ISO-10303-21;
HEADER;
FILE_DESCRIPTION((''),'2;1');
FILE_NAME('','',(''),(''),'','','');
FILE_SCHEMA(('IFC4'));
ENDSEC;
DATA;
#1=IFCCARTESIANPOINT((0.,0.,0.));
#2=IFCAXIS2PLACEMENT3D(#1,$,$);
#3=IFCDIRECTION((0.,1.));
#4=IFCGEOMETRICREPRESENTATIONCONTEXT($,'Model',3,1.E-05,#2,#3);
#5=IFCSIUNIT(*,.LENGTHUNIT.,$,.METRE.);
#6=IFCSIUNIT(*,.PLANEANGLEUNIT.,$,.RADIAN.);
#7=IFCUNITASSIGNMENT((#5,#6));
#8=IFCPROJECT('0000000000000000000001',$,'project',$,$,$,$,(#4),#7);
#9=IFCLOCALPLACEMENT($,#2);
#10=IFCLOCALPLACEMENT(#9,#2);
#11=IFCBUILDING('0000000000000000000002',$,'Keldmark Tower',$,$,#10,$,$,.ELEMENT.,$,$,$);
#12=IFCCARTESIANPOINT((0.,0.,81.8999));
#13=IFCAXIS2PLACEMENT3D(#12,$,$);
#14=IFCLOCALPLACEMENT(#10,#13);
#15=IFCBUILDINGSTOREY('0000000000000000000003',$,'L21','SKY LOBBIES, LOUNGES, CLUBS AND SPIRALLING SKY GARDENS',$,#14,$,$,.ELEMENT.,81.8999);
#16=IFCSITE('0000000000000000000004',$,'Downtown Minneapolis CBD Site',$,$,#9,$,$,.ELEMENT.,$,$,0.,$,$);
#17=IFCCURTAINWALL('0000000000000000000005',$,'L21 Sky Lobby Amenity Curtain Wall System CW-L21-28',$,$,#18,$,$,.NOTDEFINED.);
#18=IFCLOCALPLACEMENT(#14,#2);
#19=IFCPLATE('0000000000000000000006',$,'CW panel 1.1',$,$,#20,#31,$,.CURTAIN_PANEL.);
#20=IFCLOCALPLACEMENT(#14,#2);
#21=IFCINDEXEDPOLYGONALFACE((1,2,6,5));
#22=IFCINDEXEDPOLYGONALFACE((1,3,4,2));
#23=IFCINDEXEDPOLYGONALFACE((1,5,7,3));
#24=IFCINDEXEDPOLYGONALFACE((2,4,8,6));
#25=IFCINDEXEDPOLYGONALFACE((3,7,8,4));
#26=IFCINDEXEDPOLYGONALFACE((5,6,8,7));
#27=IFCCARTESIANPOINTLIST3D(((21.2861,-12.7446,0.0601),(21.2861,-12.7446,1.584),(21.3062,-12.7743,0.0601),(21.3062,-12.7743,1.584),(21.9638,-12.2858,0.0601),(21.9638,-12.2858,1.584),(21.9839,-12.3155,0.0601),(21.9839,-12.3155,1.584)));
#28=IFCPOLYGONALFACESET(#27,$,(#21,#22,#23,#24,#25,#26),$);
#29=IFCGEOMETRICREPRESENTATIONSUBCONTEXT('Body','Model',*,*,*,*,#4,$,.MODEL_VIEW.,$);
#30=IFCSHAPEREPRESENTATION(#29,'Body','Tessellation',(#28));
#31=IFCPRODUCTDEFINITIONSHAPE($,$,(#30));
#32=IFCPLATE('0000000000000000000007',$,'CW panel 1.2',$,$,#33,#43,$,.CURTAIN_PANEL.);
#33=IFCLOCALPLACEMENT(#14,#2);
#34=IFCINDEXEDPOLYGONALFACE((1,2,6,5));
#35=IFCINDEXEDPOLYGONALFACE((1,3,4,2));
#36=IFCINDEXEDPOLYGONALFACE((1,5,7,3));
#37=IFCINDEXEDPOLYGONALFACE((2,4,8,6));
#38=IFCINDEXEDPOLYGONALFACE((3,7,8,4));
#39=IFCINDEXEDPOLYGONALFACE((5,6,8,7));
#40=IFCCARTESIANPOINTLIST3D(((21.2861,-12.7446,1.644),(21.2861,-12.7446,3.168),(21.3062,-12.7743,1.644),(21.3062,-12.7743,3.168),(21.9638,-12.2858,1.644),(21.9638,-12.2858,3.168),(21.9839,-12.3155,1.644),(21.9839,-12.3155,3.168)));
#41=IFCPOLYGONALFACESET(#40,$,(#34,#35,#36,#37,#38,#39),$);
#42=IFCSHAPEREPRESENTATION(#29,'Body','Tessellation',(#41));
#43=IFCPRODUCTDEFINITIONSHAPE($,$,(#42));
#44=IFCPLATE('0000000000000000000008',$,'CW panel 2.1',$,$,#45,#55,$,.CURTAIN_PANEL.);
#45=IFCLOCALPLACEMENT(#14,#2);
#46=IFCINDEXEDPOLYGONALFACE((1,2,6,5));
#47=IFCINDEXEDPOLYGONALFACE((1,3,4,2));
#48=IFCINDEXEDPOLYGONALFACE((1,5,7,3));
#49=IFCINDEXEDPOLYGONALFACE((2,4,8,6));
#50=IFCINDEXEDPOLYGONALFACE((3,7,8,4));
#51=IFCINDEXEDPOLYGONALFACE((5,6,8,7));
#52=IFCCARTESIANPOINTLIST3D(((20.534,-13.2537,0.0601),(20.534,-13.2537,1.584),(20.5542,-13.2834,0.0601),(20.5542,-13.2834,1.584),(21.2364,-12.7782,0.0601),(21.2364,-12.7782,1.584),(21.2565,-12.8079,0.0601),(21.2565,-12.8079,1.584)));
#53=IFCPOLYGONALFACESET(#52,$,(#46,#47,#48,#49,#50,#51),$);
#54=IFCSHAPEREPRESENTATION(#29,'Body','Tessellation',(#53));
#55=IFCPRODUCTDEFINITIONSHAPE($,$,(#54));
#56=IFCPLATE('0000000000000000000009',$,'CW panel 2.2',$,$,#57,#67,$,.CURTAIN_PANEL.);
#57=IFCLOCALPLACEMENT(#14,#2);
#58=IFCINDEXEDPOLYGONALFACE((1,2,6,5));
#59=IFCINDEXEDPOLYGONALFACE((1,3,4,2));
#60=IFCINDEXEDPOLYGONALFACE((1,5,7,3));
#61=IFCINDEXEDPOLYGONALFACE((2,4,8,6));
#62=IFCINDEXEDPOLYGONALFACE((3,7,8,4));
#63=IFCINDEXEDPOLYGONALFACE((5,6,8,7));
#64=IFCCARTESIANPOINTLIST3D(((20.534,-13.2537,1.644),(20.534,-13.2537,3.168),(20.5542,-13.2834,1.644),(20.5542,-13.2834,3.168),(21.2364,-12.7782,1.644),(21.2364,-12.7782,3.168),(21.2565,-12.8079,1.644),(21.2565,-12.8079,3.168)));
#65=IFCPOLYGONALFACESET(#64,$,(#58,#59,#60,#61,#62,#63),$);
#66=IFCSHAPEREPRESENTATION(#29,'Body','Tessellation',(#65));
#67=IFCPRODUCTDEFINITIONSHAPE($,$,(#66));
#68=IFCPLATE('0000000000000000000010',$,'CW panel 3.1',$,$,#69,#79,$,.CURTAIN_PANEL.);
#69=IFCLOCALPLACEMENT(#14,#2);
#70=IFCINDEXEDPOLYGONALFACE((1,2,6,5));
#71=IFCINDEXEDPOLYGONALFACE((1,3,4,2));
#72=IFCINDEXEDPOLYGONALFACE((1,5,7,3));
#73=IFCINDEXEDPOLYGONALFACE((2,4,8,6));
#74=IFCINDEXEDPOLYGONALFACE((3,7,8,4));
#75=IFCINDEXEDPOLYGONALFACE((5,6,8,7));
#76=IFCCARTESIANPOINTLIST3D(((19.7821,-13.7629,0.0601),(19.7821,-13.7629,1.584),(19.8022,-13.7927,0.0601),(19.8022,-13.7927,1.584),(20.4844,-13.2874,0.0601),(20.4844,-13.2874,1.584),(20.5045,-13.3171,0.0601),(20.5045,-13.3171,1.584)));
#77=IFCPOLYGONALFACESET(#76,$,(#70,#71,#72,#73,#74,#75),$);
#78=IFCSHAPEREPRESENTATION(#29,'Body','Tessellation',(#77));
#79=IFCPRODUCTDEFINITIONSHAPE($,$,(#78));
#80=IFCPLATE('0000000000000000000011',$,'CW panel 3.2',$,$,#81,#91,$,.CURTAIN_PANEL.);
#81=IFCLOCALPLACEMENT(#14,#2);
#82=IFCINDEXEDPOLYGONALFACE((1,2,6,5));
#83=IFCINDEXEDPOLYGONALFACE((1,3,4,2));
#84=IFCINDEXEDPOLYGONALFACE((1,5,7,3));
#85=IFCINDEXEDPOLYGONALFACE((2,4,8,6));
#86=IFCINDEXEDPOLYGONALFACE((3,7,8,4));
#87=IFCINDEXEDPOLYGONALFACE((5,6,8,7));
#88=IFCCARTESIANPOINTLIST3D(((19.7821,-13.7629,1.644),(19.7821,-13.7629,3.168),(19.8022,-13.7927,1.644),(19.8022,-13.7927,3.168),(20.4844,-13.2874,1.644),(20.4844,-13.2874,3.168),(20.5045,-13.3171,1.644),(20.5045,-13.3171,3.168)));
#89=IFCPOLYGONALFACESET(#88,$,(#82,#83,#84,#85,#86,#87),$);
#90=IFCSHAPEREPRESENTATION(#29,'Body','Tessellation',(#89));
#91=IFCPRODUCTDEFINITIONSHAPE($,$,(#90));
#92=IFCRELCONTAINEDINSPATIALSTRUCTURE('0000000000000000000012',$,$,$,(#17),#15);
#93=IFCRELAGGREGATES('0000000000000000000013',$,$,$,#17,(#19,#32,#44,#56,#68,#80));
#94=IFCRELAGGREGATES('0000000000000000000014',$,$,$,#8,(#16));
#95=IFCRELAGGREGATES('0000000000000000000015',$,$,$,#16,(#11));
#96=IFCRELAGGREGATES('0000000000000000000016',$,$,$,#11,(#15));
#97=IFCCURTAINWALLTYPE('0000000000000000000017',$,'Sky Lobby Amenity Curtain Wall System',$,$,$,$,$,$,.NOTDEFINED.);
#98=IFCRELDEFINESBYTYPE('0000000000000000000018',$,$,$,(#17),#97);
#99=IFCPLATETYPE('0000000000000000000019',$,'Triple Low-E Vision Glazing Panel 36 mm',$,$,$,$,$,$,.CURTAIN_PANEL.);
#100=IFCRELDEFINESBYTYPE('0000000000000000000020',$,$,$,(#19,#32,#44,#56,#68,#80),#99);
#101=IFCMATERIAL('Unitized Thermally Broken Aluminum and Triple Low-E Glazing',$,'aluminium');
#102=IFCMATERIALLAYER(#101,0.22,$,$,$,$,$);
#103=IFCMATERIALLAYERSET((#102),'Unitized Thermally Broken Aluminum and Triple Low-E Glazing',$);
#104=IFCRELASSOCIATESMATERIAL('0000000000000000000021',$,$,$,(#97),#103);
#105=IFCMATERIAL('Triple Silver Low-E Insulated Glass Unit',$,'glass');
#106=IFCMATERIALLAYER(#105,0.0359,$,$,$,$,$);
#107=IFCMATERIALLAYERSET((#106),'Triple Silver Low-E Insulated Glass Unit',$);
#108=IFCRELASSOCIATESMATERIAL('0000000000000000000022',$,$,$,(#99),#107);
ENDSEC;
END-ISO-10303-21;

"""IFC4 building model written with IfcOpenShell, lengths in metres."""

from ifc_helpers import new_model, si_unit, direction, frame, origin, origin_2d, place, context, subcontext, project, spatial, rectangle, extrude, material, layer, layer_set, type_object, element, aggregate, save


model = new_model("IFC4")

# Units and contexts
model_context = context("Model", 3, precision=1e-05, world=origin(), true_north=direction((0.0, 1.0)))
body_context = subcontext(model_context, "Body", "Model", "MODEL_VIEW")
ifc_project = project(units=[si_unit("LENGTHUNIT", "METRE"), si_unit("PLANEANGLEUNIT", "RADIAN")], contexts=[model_context])

# Site, building, storey
site_placement = place(None, origin())
site = spatial("IfcSite", under=ifc_project, at=site_placement, Name="Downtown Minneapolis CBD Site", CompositionType="ELEMENT", RefElevation=0.0)
building_placement = place(site_placement, origin())
building = spatial("IfcBuilding", under=site, at=building_placement, Name="Keldmark Tower", CompositionType="ELEMENT")
storey_placement = place(building_placement, frame((0.0, 0.0, 81.8999)))
storey = spatial("IfcBuildingStorey", under=building, at=storey_placement, Name="L21", Description="SKY LOBBIES, LOUNGES, CLUBS AND SPIRALLING SKY GARDENS", CompositionType="ELEMENT", Elevation=81.8999)

# Curtain wall
ifc_material_1 = material(Name="Unitized Thermally Broken Aluminum and Triple Low-E Glazing", Category="aluminium")
ifc_layer_1 = layer(ifc_material_1, 0.22)
ifc_layer_set_1 = layer_set([ifc_layer_1], Name="Unitized Thermally Broken Aluminum and Triple Low-E Glazing")
curtain_wall_type = type_object("IfcCurtainWallType", Name="Sky Lobby Amenity Curtain Wall System", PredefinedType="NOTDEFINED", material=ifc_layer_set_1)
curtain_wall_placement = place(storey_placement, origin())
curtain_wall = element("IfcCurtainWall", 1, at=curtain_wall_placement, inside=storey, type_object=curtain_wall_type, Name="L21 Sky Lobby Amenity Curtain Wall System CW-L21-28", PredefinedType="NOTDEFINED")

# Plates
ifc_material_2 = material(Name="Triple Silver Low-E Insulated Glass Unit", Category="glass")
ifc_layer_2 = layer(ifc_material_2, 0.0359)
ifc_layer_set_2 = layer_set([ifc_layer_2], Name="Triple Silver Low-E Insulated Glass Unit")
plate_type = type_object("IfcPlateType", Name="Triple Low-E Vision Glazing Panel 36 mm", PredefinedType="CURTAIN_PANEL", material=ifc_layer_set_2)
plate_1_placement = place(storey_placement, frame((21.635, -12.53, 0.0601), z_axis=(0.0, 0.0, 1.0), x_axis=(-0.828059, -0.560642, 0.0)))
plate_1 = element("IfcPlate", 2, at=plate_1_placement, type_object=plate_type, Name="CW panel 1.1", PredefinedType="CURTAIN_PANEL", context=body_context, shape_type="SweptSolid", body=[
    extrude(rectangle(XDim=0.8184, YDim=0.0359, at=origin_2d()), origin(), (0.0, 0.0, 1.0), 1.5239),
])
plate_2_placement = place(storey_placement, frame((21.635, -12.53, 1.644), z_axis=(0.0, 0.0, 1.0), x_axis=(-0.828059, -0.560642, 0.0)))
plate_2 = element("IfcPlate", 3, at=plate_2_placement, type_object=plate_type, Name="CW panel 1.2", PredefinedType="CURTAIN_PANEL", context=body_context, shape_type="SweptSolid", body=[
    extrude(rectangle(XDim=0.8184, YDim=0.0359, at=origin_2d()), origin(), (0.0, 0.0, 1.0), 1.5239),
])
plate_3_placement = place(storey_placement, frame((20.8953, -13.0308, 0.0601), z_axis=(0.0, 0.0, 1.0), x_axis=(-0.828059, -0.560642, 0.0)))
plate_3 = element("IfcPlate", 4, at=plate_3_placement, type_object=plate_type, Name="CW panel 2.1", PredefinedType="CURTAIN_PANEL", context=body_context, shape_type="SweptSolid", body=[
    extrude(rectangle(XDim=0.8481, YDim=0.0359, at=origin_2d()), origin(), (0.0, 0.0, 1.0), 1.5239),
])
plate_4_placement = place(storey_placement, frame((20.8953, -13.0308, 1.644), z_axis=(0.0, 0.0, 1.0), x_axis=(-0.828059, -0.560642, 0.0)))
plate_4 = element("IfcPlate", 5, at=plate_4_placement, type_object=plate_type, Name="CW panel 2.2", PredefinedType="CURTAIN_PANEL", context=body_context, shape_type="SweptSolid", body=[
    extrude(rectangle(XDim=0.8481, YDim=0.0359, at=origin_2d()), origin(), (0.0, 0.0, 1.0), 1.5239),
])
plate_5_placement = place(storey_placement, frame((20.1433, -13.54, 0.0601), z_axis=(0.0, 0.0, 1.0), x_axis=(-0.828059, -0.560642, 0.0)))
plate_5 = element("IfcPlate", 6, at=plate_5_placement, type_object=plate_type, Name="CW panel 3.1", PredefinedType="CURTAIN_PANEL", context=body_context, shape_type="SweptSolid", body=[
    extrude(rectangle(XDim=0.8481, YDim=0.0359, at=origin_2d()), origin(), (0.0, 0.0, 1.0), 1.5239),
])
plate_6_placement = place(storey_placement, frame((20.1433, -13.54, 1.644), z_axis=(0.0, 0.0, 1.0), x_axis=(-0.828059, -0.560642, 0.0)))
plate_6 = element("IfcPlate", 7, at=plate_6_placement, type_object=plate_type, Name="CW panel 3.2", PredefinedType="CURTAIN_PANEL", context=body_context, shape_type="SweptSolid", body=[
    extrude(rectangle(XDim=0.8481, YDim=0.0359, at=origin_2d()), origin(), (0.0, 0.0, 1.0), 1.5239),
])
aggregate(curtain_wall, [plate_1, plate_2, plate_3, plate_4, plate_5, plate_6])

save(model, "model.ifc")
